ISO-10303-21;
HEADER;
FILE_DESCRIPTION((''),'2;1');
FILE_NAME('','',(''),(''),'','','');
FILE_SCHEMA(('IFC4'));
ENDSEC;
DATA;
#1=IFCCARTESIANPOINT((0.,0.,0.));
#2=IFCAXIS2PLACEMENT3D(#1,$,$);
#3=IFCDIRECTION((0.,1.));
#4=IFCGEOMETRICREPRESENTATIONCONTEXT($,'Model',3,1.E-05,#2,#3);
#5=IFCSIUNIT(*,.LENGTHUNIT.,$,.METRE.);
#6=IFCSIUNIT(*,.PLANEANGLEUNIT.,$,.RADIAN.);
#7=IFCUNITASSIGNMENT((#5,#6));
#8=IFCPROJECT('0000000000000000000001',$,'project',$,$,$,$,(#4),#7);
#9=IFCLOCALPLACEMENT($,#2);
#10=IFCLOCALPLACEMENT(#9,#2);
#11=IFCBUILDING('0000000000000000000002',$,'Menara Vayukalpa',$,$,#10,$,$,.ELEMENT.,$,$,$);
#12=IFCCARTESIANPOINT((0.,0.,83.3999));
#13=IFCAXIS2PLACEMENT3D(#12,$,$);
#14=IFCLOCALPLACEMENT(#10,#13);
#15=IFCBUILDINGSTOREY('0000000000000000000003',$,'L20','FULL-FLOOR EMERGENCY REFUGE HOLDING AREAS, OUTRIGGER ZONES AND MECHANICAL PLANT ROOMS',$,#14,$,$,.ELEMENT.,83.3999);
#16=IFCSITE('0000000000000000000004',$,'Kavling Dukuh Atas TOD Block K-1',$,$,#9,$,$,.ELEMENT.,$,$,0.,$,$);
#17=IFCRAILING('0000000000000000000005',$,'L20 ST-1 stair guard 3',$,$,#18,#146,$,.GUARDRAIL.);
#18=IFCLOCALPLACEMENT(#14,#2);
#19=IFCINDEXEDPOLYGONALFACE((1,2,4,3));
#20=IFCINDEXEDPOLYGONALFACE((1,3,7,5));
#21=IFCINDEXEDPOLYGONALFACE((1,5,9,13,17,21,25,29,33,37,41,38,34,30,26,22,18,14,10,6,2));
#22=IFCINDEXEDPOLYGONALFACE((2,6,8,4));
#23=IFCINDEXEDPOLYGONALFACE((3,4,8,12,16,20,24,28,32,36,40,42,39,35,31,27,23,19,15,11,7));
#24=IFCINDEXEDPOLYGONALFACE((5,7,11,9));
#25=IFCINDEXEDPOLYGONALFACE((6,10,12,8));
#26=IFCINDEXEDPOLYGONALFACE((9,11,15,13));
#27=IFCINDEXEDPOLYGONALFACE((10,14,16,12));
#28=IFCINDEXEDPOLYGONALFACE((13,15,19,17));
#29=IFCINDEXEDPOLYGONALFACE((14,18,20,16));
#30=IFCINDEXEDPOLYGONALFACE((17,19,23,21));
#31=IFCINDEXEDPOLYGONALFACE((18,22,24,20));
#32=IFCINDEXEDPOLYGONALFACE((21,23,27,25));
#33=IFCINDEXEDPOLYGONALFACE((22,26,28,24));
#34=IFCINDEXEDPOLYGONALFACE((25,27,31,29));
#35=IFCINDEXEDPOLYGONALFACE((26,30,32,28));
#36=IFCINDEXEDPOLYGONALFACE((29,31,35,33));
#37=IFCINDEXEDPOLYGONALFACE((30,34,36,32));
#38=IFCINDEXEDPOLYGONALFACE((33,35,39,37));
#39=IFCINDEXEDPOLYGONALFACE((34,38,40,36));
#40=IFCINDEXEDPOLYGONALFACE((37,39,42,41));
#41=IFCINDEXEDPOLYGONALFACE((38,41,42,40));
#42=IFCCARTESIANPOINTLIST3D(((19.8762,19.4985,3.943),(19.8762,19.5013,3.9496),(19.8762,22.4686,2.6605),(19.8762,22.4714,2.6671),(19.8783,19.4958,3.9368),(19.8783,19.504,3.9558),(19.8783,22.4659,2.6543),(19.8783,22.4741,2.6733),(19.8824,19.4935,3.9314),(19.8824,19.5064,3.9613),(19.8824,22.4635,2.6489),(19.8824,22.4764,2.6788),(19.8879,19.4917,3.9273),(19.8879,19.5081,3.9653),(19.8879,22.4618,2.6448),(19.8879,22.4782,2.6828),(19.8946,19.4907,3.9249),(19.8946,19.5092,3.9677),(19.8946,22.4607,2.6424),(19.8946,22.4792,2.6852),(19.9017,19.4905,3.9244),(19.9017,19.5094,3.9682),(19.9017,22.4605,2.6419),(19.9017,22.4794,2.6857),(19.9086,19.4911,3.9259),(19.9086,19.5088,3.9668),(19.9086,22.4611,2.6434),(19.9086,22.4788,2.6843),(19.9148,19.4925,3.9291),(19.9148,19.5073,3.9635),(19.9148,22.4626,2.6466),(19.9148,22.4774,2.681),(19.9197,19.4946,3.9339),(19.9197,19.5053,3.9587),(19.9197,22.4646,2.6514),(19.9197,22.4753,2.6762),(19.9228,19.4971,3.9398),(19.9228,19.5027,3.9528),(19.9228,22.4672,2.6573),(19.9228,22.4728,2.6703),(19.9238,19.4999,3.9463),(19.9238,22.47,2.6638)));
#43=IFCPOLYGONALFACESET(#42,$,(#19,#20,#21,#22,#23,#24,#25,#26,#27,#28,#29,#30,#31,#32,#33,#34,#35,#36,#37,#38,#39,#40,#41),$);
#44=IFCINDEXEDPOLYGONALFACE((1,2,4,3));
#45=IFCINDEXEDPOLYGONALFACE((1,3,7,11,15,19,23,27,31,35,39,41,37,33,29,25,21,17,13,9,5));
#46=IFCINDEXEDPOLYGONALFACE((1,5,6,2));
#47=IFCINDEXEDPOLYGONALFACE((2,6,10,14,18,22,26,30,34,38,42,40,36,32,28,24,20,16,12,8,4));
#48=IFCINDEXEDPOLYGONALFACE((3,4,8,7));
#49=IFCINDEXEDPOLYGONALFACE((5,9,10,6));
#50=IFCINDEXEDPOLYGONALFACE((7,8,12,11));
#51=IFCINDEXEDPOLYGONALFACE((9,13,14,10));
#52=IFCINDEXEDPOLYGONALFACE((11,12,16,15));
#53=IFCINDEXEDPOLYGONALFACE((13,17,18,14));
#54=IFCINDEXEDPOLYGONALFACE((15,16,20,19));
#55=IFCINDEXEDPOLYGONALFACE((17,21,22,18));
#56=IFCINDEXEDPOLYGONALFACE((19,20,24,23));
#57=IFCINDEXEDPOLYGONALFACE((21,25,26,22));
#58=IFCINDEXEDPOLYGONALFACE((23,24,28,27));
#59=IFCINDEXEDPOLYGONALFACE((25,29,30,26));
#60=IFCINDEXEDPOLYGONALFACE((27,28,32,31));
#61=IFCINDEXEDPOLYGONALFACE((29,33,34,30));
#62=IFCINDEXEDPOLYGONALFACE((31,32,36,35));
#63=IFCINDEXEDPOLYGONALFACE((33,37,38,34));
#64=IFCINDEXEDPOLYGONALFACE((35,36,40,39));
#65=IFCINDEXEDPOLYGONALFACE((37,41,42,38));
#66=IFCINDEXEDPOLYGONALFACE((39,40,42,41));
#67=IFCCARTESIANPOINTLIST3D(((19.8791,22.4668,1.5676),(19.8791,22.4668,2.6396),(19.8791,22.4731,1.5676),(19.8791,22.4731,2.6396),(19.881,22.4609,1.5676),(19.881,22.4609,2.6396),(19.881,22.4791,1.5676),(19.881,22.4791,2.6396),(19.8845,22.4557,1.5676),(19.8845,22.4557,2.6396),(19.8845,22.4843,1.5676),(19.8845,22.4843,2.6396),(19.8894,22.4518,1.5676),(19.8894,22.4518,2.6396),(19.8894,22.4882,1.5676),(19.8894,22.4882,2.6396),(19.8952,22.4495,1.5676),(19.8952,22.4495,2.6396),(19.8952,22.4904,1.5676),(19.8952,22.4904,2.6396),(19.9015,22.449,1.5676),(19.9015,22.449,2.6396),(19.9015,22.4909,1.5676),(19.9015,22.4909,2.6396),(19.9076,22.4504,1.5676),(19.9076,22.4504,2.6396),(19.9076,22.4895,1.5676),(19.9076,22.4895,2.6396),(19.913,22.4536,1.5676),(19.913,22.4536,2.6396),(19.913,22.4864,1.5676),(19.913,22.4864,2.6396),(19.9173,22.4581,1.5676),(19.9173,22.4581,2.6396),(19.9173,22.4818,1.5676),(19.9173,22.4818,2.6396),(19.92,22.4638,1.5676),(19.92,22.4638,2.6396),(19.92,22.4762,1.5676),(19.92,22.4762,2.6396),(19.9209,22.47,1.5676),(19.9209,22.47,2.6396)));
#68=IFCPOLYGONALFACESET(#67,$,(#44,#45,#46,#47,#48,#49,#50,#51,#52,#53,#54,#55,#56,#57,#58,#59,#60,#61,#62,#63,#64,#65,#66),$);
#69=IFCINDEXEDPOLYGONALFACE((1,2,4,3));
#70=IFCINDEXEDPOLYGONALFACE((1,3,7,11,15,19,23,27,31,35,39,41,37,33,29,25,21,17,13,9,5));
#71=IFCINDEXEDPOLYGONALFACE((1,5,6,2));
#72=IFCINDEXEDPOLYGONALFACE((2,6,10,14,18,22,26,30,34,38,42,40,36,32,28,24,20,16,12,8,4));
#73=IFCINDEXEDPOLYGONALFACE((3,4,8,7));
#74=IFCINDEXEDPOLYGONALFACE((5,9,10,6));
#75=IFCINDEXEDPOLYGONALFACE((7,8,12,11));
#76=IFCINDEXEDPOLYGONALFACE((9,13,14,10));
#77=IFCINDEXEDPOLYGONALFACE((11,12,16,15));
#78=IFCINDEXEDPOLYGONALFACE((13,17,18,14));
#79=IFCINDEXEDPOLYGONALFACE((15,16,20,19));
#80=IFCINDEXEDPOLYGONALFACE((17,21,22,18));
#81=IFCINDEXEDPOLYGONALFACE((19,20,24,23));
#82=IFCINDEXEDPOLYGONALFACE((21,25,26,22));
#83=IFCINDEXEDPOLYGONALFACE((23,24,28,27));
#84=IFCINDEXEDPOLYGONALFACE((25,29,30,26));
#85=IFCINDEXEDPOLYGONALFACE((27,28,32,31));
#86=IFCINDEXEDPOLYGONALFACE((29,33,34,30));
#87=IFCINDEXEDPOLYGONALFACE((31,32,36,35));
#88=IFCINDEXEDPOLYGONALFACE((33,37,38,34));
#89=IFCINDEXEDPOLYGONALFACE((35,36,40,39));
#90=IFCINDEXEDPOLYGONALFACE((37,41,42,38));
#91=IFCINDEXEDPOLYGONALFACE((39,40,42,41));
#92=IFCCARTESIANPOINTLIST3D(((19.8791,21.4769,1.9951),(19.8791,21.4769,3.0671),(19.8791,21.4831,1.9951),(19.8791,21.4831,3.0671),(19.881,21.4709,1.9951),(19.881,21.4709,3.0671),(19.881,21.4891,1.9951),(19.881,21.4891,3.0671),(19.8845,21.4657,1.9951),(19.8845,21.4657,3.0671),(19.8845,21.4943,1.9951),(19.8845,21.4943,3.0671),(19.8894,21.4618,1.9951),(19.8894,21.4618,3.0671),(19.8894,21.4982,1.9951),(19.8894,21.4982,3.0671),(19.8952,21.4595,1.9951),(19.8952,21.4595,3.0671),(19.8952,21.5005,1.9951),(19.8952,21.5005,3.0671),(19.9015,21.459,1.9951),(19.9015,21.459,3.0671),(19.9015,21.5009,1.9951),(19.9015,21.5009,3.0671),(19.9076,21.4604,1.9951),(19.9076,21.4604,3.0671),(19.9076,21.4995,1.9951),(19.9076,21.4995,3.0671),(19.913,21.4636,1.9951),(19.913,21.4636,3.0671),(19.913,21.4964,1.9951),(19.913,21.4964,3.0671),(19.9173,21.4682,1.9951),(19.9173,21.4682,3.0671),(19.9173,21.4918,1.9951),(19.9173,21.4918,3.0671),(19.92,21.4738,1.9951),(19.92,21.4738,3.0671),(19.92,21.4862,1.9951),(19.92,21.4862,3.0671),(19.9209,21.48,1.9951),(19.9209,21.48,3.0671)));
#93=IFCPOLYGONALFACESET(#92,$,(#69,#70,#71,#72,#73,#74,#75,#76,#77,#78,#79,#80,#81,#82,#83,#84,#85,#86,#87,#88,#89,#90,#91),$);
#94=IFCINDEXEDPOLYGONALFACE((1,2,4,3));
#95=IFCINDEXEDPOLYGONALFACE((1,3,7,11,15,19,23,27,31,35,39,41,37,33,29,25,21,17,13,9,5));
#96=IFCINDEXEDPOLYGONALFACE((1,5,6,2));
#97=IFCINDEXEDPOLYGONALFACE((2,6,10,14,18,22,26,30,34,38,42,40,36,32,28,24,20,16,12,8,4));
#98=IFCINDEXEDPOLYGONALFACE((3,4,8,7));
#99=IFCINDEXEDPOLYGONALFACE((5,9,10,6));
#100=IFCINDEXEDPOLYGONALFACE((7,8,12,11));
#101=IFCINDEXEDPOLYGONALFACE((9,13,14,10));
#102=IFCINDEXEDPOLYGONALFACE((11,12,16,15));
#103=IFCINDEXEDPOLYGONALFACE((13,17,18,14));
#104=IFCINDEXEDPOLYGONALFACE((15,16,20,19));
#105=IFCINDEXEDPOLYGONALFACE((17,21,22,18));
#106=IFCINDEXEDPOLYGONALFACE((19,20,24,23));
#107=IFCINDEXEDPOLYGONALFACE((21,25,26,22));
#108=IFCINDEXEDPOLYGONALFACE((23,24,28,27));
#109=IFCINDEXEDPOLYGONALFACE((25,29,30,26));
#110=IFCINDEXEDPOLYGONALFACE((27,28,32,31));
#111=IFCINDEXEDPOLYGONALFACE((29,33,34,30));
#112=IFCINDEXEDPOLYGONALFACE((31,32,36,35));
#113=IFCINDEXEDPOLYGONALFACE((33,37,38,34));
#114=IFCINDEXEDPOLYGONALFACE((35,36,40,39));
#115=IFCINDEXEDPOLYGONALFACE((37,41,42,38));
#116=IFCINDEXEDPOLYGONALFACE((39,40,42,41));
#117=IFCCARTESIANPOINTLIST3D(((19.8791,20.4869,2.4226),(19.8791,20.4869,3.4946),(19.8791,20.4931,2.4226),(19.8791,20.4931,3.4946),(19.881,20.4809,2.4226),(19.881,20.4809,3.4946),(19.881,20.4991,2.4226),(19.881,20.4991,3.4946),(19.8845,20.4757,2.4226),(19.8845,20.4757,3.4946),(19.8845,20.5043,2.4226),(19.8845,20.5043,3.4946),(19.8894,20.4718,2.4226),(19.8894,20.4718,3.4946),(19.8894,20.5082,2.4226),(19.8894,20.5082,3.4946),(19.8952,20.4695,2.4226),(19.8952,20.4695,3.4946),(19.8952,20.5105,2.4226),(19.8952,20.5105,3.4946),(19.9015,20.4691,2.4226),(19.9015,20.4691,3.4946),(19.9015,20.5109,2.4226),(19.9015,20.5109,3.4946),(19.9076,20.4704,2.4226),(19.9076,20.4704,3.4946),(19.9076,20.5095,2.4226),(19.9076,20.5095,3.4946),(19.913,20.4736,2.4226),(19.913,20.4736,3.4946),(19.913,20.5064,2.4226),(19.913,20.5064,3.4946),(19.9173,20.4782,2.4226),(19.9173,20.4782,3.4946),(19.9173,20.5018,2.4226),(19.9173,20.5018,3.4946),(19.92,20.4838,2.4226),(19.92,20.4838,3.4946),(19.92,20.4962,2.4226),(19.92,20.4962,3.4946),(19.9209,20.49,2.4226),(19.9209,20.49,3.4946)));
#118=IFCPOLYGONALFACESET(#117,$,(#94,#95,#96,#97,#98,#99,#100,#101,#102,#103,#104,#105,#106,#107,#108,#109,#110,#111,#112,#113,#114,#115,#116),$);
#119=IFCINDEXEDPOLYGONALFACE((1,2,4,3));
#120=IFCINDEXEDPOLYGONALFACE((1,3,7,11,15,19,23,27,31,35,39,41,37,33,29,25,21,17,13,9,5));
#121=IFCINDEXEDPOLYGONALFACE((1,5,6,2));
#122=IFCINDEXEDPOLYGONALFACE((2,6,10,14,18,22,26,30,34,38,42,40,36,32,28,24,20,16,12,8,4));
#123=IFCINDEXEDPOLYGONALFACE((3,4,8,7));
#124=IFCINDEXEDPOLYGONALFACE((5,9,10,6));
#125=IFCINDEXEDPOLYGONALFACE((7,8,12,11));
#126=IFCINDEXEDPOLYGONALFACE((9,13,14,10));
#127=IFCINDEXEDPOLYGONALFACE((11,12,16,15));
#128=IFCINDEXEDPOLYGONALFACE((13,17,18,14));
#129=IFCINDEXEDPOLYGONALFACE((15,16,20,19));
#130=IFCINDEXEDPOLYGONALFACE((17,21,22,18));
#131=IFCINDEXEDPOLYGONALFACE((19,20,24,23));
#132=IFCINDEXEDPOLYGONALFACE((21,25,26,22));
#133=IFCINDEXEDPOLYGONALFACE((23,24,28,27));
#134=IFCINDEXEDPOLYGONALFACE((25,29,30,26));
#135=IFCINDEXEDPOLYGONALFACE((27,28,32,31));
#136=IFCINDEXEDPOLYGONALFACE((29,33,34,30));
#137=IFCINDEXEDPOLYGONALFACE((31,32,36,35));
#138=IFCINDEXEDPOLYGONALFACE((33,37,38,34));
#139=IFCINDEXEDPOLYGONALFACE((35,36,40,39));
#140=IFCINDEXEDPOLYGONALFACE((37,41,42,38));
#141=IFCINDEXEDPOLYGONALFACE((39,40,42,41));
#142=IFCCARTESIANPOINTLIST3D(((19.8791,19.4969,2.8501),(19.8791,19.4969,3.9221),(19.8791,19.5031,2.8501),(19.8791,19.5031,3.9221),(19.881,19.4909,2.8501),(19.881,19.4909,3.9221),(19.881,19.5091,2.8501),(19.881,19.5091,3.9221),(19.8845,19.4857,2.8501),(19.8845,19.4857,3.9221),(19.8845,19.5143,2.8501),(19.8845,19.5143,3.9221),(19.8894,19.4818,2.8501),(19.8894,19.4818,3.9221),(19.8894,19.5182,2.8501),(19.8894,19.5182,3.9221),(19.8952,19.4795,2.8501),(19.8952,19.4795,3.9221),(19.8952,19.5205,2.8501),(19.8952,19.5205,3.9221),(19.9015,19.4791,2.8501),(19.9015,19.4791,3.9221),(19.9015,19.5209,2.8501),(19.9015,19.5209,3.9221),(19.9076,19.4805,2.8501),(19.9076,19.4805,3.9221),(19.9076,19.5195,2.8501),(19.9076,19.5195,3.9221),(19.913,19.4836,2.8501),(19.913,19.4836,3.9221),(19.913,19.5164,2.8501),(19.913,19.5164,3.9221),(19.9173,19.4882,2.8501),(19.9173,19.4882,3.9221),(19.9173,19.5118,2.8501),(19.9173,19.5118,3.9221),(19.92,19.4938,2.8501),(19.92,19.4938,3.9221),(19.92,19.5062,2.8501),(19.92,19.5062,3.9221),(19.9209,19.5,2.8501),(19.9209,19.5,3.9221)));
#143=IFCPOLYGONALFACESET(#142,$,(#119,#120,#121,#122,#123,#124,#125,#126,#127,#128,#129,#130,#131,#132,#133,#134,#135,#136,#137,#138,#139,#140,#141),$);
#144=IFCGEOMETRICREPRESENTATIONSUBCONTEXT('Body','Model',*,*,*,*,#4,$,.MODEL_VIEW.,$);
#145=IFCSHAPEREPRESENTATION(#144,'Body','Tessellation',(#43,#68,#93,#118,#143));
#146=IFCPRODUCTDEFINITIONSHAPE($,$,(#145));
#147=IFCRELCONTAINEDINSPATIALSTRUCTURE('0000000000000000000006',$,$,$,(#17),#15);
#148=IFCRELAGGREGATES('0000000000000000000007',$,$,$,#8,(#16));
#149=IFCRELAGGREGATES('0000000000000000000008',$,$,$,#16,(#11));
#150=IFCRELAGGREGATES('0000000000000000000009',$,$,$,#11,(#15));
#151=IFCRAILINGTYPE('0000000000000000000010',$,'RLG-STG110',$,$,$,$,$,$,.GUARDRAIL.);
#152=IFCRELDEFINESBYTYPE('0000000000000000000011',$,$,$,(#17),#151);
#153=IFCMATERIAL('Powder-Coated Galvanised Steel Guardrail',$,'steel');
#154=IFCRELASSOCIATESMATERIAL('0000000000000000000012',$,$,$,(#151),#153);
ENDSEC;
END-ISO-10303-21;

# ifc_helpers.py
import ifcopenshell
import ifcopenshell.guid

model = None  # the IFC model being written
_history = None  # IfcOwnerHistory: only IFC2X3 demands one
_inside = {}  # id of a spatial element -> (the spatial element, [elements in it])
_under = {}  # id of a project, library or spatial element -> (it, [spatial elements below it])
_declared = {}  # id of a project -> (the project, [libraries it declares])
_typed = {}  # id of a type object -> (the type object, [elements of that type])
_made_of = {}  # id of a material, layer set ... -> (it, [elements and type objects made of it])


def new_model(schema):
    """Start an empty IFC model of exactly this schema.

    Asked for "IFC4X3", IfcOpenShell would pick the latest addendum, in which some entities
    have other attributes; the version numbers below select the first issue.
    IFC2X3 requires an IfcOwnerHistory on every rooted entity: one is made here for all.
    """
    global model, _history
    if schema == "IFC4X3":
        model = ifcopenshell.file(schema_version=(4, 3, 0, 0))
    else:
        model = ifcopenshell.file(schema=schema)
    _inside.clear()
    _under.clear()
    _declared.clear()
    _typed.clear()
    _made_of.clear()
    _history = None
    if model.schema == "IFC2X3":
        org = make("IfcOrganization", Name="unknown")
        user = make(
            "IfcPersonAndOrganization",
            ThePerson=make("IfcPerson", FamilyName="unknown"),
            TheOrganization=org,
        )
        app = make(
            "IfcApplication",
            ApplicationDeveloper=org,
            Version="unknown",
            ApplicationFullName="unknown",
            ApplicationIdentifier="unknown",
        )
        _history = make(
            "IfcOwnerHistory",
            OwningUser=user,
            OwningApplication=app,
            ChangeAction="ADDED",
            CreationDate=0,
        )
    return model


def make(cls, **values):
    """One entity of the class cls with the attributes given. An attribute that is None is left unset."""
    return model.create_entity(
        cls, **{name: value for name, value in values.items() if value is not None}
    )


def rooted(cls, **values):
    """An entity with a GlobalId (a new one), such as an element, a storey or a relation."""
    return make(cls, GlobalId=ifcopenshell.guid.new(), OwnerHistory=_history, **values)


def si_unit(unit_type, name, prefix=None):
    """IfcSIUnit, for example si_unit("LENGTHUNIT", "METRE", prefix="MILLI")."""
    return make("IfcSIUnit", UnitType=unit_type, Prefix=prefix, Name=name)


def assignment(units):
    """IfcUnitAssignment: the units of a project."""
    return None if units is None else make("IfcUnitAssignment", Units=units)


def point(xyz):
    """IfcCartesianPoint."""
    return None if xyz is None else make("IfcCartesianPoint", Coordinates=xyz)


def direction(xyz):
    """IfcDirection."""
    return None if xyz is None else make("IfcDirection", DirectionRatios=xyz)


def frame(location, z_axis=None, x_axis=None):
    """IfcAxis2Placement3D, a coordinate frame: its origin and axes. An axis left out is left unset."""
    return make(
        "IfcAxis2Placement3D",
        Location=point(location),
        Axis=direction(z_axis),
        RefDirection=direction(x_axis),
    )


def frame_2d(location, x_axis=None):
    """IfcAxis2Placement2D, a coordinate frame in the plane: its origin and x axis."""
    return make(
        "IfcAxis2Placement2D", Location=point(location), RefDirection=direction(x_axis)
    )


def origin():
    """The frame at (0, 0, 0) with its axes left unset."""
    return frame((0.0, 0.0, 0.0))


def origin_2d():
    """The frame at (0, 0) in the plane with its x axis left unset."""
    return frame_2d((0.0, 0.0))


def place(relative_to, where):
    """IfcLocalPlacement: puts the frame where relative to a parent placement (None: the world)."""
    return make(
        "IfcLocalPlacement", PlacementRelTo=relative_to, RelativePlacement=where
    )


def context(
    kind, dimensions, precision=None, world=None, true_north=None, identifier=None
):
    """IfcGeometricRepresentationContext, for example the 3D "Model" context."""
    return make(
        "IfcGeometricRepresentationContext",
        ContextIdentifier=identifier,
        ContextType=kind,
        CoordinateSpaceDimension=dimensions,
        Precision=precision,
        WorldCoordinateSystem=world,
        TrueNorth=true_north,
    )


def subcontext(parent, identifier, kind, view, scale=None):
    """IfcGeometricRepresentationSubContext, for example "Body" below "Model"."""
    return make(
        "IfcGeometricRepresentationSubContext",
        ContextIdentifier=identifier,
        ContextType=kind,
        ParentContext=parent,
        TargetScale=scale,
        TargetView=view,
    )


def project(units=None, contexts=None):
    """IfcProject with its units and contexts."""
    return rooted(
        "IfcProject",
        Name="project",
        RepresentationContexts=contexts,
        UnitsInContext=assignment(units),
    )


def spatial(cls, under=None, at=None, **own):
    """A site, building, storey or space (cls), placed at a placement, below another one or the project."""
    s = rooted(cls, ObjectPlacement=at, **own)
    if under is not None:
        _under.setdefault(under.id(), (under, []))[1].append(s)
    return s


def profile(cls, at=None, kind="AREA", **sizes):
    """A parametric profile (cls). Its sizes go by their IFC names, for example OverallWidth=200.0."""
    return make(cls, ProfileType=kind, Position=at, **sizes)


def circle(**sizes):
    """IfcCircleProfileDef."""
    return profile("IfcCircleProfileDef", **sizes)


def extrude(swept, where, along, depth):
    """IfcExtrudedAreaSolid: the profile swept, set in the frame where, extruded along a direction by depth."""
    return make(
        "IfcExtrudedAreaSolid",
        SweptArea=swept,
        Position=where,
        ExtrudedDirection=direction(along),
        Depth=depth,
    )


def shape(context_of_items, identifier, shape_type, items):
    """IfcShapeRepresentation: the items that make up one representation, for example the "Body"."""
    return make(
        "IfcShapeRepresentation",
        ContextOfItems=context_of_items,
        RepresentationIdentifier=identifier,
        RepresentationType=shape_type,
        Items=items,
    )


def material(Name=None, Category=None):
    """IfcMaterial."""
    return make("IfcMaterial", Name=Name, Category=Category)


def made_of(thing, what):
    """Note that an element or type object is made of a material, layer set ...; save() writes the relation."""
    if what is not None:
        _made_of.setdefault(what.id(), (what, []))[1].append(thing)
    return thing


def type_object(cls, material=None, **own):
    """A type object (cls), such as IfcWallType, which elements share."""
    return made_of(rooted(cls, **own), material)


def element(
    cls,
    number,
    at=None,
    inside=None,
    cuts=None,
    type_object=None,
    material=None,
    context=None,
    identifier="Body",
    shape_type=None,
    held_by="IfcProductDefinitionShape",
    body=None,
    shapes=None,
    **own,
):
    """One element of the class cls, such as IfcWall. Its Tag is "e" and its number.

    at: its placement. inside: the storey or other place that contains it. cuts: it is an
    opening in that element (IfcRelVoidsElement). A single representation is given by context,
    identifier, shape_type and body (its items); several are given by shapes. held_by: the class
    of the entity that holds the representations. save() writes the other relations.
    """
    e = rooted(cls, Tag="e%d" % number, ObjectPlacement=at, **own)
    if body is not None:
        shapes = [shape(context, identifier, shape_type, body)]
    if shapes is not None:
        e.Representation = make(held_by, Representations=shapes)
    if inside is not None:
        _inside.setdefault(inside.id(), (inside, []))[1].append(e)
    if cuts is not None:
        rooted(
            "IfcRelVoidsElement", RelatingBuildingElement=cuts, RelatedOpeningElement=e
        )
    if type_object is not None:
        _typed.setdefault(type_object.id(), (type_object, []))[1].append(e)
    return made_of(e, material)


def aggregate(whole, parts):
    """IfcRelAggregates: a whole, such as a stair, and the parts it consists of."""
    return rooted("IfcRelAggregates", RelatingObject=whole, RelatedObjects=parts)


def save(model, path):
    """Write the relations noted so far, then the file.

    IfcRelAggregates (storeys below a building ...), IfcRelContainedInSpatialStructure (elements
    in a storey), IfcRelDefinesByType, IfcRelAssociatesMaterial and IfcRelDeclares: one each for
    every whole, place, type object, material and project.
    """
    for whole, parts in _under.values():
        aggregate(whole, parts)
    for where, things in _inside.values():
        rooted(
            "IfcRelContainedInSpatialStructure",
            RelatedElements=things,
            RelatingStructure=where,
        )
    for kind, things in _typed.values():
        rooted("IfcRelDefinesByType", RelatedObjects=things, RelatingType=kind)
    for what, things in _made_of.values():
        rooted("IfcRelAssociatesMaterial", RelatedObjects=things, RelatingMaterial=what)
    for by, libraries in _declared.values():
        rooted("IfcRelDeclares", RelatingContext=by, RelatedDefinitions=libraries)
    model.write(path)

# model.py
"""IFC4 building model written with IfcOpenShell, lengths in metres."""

from ifc_helpers import new_model, si_unit, direction, frame, origin, origin_2d, place, context, subcontext, project, spatial, circle, extrude, material, type_object, element, save


model = new_model("IFC4")

# Units and contexts
model_context = context("Model", 3, precision=1e-05, world=origin(), true_north=direction((0.0, 1.0)))
body_context = subcontext(model_context, "Body", "Model", "MODEL_VIEW")
ifc_project = project(units=[si_unit("LENGTHUNIT", "METRE"), si_unit("PLANEANGLEUNIT", "RADIAN")], contexts=[model_context])

# Site, building, storey
site_placement = place(None, origin())
site = spatial("IfcSite", under=ifc_project, at=site_placement, Name="Kavling Dukuh Atas TOD Block K-1", CompositionType="ELEMENT", RefElevation=0.0)
building_placement = place(site_placement, origin())
building = spatial("IfcBuilding", under=site, at=building_placement, Name="Menara Vayukalpa", CompositionType="ELEMENT")
storey_placement = place(building_placement, frame((0.0, 0.0, 83.3999)))
storey = spatial("IfcBuildingStorey", under=building, at=storey_placement, Name="L20", Description="FULL-FLOOR EMERGENCY REFUGE HOLDING AREAS, OUTRIGGER ZONES AND MECHANICAL PLANT ROOMS", CompositionType="ELEMENT", Elevation=83.3999)

# Railing
ifc_material_1 = material(Name="Powder-Coated Galvanised Steel Guardrail", Category="steel")
railing_type_1 = type_object("IfcRailingType", Name="RLG-STG110", PredefinedType="GUARDRAIL", material=ifc_material_1)
railing_1_placement = place(storey_placement, frame((19.8999, 22.47, 1.5676)))
element("IfcRailing", 1, at=railing_1_placement, inside=storey, type_object=railing_type_1, Name="L20 ST-1 stair guard 3", PredefinedType="GUARDRAIL", context=body_context, shape_type="SweptSolid", body=[
    extrude(circle(Radius=0.0239, at=origin_2d()), frame((0.0, 0.0, 1.0962), z_axis=(0.0, -0.918064, 0.396432), x_axis=(1.0, 0.0, 0.0)), (0.0, 0.0, 1.0), 3.2351),
    extrude(circle(Radius=0.021, at=origin_2d()), origin(), (0.0, 0.0, 1.0), 1.072),
    extrude(circle(Radius=0.021, at=origin_2d()), frame((0.0, -0.99, 0.4275)), (0.0, 0.0, 1.0), 1.072),
    extrude(circle(Radius=0.021, at=origin_2d()), frame((0.0, -1.98, 0.855)), (0.0, 0.0, 1.0), 1.072),
    extrude(circle(Radius=0.021, at=origin_2d()), frame((0.0, -2.97, 1.2825)), (0.0, 0.0, 1.0), 1.072),
])

save(model, "model.ifc")
